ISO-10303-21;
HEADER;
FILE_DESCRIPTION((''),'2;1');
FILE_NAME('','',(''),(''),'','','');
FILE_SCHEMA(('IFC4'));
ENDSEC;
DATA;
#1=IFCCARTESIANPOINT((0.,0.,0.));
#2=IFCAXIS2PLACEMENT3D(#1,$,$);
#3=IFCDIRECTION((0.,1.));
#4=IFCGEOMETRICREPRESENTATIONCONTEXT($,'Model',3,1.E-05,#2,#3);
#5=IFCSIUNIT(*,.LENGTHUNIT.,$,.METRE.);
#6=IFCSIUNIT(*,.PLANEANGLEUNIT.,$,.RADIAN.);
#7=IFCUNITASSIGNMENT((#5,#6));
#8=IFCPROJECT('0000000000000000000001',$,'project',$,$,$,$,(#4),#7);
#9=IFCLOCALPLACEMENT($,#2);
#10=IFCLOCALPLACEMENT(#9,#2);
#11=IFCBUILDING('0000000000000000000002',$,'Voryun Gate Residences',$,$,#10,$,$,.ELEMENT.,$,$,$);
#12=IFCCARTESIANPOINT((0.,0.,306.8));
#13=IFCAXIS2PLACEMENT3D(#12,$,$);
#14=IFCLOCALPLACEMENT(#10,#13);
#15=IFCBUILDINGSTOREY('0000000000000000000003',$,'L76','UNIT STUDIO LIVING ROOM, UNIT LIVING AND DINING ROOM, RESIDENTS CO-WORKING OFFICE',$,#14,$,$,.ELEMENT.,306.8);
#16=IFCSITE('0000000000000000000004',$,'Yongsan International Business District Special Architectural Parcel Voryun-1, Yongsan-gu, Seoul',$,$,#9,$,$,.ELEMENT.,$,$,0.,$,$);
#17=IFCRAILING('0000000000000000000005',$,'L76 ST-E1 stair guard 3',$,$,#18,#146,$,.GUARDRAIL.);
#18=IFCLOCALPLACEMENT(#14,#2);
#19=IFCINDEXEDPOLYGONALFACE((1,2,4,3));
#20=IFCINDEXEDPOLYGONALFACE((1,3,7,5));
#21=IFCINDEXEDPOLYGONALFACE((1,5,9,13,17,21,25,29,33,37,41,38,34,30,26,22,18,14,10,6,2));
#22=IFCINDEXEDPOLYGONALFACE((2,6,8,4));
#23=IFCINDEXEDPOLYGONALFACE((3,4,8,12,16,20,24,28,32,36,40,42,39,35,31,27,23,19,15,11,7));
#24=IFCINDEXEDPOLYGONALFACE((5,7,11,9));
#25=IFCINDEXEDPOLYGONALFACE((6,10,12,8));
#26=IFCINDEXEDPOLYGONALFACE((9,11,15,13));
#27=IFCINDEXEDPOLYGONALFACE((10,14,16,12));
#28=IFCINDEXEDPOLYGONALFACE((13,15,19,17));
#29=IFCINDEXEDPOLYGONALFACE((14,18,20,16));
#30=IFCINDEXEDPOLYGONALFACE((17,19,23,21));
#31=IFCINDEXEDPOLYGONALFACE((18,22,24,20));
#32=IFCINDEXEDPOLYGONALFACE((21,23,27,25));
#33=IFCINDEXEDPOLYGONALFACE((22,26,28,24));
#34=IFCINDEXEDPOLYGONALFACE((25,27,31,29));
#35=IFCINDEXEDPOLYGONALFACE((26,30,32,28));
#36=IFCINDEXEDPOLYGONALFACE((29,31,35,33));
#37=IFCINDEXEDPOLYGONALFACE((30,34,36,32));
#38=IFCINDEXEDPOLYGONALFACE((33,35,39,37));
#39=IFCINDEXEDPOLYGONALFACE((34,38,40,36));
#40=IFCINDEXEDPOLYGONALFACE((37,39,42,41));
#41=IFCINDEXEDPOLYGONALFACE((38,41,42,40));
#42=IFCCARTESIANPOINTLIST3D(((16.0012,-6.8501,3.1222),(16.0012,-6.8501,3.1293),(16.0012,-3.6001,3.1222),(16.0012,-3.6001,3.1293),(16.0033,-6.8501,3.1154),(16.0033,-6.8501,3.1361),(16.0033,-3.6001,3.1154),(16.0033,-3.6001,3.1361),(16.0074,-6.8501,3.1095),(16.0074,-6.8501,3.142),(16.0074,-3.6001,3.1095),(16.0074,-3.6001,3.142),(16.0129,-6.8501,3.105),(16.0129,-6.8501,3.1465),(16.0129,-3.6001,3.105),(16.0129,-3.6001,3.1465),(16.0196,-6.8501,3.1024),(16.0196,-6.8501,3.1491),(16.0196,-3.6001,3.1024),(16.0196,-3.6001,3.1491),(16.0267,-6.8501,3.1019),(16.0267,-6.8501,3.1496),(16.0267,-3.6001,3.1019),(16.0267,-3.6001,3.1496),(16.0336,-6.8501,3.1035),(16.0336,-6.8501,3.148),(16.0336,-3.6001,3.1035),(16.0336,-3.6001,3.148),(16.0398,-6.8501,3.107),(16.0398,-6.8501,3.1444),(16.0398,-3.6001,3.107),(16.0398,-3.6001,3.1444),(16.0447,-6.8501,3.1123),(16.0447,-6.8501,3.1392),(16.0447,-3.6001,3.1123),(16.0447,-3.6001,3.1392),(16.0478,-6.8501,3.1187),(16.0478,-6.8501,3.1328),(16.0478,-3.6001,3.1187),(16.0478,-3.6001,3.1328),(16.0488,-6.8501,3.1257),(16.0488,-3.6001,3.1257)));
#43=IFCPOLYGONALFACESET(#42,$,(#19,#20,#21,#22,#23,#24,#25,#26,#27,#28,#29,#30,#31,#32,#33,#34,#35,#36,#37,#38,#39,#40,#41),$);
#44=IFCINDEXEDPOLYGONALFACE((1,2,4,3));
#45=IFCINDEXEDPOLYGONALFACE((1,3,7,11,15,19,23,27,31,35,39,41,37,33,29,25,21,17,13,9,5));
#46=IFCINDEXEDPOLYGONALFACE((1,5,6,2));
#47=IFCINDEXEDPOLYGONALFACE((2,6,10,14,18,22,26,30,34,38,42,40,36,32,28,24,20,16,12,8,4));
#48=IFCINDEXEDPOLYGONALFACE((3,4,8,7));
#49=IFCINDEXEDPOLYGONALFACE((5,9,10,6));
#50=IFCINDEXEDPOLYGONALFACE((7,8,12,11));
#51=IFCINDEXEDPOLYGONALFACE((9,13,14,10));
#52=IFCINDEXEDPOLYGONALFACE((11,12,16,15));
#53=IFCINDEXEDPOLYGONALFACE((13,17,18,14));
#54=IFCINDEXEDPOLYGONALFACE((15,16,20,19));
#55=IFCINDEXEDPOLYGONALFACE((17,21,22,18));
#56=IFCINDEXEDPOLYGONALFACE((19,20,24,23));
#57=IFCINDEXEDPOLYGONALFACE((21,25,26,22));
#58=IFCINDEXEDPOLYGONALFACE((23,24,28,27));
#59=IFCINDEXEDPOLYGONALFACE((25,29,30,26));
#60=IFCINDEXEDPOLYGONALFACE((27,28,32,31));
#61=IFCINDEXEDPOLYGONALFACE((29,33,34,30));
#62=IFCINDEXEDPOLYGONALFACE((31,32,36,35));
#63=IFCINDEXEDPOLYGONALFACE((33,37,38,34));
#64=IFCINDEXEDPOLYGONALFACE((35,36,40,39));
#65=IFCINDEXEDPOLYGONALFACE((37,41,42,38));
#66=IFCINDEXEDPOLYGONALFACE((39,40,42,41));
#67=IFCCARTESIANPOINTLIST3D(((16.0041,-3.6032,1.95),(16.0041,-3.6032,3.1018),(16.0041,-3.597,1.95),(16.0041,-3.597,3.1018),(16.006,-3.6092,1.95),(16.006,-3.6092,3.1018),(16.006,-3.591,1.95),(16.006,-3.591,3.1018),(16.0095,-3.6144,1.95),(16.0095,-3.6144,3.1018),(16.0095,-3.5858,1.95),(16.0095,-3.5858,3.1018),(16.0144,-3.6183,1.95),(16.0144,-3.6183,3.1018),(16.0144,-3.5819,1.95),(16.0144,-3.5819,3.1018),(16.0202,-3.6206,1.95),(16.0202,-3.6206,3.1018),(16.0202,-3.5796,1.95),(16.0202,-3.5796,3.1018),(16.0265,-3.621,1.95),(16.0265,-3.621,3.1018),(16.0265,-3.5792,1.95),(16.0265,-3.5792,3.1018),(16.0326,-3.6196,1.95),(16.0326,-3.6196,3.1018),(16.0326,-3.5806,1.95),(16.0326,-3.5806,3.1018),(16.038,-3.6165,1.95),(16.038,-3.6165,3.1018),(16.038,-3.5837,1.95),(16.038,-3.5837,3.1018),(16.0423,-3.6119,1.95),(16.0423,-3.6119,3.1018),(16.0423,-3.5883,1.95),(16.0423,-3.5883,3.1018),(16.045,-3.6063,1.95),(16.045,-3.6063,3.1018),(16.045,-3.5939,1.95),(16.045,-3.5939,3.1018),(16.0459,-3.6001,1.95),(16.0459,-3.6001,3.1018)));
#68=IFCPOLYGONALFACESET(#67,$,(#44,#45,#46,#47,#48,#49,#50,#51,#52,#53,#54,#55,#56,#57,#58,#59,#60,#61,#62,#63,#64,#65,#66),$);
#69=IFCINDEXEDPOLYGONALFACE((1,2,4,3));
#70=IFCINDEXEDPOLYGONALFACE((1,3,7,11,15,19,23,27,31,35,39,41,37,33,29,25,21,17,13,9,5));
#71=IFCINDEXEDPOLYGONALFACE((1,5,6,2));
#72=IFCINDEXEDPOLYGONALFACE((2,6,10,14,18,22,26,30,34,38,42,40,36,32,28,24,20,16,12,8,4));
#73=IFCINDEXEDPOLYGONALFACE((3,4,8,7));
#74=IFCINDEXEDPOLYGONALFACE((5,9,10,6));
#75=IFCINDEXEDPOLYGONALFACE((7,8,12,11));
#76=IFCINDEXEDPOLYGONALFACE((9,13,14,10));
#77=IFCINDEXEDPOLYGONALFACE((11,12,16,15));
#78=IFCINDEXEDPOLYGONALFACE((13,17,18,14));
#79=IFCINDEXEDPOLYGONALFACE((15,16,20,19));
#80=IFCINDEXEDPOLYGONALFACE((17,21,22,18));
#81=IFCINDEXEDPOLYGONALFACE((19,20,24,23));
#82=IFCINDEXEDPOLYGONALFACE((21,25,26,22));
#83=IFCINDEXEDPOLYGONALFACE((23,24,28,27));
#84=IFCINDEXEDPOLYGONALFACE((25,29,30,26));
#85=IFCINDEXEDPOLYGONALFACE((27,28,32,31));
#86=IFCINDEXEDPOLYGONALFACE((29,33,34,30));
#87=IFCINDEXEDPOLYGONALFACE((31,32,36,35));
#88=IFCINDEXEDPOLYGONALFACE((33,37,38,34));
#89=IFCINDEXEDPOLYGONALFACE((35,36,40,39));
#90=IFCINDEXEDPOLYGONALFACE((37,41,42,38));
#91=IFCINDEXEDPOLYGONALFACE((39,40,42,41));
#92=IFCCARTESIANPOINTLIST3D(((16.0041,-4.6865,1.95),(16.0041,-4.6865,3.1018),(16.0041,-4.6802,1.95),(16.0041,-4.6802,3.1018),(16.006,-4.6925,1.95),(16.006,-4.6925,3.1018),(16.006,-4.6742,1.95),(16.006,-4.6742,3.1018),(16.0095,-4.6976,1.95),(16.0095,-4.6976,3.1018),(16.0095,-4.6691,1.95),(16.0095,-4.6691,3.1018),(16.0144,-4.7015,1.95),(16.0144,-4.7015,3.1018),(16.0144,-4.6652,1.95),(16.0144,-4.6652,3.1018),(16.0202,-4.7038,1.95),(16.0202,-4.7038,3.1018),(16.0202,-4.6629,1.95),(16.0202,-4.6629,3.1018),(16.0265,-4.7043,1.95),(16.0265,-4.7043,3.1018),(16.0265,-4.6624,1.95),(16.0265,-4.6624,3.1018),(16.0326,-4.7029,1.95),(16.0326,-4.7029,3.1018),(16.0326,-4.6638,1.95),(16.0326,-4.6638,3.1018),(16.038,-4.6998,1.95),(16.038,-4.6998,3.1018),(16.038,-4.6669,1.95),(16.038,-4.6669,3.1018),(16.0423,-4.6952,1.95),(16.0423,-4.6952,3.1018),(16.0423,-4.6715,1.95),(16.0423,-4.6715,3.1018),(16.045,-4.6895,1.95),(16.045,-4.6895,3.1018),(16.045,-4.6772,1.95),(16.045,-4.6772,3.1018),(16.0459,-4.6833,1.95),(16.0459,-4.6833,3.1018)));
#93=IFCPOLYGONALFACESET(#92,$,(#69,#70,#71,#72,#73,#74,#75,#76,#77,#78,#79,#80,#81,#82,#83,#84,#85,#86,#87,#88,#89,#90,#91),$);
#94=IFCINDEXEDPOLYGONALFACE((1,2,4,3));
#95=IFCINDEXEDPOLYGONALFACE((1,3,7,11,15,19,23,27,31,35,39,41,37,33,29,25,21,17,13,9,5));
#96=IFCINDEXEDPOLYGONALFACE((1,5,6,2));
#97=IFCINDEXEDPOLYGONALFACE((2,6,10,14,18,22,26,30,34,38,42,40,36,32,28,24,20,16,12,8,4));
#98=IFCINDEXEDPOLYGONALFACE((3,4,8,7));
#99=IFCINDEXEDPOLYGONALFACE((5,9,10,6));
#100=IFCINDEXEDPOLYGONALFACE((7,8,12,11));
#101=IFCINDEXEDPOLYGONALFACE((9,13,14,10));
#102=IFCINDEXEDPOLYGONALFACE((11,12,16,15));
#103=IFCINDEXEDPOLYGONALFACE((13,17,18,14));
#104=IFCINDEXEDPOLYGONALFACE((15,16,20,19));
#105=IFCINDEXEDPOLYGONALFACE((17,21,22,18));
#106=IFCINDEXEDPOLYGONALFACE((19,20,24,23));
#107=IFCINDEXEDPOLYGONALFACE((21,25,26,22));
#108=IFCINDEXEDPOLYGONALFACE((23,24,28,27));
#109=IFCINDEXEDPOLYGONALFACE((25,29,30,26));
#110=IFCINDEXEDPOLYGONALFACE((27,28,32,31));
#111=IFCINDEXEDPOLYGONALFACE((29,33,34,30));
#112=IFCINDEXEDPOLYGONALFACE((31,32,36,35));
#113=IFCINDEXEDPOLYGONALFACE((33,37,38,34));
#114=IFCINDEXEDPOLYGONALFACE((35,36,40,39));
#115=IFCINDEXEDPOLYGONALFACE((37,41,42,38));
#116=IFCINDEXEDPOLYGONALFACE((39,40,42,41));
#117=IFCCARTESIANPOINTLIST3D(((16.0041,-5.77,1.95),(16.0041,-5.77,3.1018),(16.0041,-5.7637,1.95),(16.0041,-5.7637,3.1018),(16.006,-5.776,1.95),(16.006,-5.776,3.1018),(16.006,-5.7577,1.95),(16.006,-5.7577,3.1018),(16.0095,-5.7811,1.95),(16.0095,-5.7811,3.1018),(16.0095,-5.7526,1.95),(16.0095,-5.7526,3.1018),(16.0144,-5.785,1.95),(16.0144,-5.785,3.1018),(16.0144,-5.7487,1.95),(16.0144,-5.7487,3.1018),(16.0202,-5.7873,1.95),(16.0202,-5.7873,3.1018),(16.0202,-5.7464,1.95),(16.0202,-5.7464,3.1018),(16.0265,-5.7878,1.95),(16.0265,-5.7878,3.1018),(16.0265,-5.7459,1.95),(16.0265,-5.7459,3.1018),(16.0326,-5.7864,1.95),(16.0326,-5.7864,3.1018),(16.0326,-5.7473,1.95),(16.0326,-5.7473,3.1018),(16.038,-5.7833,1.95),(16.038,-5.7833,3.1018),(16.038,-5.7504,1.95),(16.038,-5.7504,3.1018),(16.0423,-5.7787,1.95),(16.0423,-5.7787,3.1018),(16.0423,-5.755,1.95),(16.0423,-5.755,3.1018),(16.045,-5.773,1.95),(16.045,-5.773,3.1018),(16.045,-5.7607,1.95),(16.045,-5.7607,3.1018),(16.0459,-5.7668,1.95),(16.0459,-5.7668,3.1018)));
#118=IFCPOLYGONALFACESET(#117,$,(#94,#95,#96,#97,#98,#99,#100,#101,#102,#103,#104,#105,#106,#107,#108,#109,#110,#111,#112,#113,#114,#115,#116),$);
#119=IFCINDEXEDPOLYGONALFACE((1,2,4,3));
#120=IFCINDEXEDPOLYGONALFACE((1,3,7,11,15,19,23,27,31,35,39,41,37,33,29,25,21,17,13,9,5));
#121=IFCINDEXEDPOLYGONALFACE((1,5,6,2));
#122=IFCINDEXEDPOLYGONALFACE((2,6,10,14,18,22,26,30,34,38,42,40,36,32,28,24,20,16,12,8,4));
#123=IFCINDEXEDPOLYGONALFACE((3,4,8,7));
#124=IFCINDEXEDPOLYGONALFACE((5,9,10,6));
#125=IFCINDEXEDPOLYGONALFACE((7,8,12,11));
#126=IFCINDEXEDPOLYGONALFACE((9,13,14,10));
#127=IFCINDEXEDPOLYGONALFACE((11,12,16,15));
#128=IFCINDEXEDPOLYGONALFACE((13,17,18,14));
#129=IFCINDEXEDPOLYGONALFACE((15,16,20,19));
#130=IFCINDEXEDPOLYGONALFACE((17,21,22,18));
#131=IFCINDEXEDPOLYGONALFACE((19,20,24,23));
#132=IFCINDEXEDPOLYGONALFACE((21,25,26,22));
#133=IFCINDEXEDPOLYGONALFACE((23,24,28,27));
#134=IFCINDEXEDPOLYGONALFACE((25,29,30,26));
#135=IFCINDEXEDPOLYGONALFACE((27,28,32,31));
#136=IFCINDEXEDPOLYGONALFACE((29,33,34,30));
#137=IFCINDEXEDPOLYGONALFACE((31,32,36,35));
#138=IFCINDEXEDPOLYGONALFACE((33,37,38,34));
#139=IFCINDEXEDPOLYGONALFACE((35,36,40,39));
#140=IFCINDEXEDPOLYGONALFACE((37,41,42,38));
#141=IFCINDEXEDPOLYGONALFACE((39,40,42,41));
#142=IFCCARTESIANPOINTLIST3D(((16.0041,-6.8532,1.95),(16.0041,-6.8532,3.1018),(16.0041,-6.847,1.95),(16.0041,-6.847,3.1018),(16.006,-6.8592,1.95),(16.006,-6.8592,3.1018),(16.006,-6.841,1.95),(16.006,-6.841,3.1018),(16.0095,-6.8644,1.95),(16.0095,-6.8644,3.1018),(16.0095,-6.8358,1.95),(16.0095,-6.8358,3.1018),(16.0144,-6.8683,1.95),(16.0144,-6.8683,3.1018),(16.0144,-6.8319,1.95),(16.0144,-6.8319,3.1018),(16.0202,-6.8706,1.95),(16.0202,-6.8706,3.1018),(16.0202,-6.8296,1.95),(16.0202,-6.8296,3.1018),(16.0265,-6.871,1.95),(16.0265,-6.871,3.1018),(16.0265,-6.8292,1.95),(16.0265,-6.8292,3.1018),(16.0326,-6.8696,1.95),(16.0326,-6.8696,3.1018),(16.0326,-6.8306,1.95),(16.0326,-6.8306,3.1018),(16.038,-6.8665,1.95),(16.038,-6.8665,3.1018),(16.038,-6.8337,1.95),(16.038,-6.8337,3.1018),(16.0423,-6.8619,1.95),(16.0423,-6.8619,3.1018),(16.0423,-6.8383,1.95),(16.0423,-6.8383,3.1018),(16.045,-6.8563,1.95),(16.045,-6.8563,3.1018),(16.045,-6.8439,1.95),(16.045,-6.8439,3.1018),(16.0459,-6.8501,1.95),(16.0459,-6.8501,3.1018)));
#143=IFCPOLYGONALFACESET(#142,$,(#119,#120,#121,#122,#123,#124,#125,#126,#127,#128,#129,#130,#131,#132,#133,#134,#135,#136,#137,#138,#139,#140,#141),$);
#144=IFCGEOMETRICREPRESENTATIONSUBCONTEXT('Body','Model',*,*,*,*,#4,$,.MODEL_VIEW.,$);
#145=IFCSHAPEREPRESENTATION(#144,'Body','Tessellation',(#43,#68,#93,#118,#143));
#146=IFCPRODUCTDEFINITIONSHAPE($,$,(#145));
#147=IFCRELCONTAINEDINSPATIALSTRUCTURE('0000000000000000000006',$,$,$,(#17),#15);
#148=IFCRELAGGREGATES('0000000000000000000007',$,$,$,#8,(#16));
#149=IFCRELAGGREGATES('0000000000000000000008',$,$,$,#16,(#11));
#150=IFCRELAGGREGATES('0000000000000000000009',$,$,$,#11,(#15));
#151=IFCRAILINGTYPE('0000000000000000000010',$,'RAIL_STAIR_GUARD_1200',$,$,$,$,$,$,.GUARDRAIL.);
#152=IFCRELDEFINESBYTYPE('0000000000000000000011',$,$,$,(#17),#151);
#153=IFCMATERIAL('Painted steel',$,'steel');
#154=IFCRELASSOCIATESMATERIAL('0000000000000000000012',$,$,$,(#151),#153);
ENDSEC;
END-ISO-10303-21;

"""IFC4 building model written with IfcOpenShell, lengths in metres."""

from ifc_helpers import new_model, si_unit, direction, frame, origin, origin_2d, place, context, subcontext, project, spatial, circle, extrude, material, type_object, element, save


model = new_model("IFC4")

# Units and contexts
model_context = context("Model", 3, precision=1e-05, world=origin(), true_north=direction((0.0, 1.0)))
body_context = subcontext(model_context, "Body", "Model", "MODEL_VIEW")
ifc_project = project(units=[si_unit("LENGTHUNIT", "METRE"), si_unit("PLANEANGLEUNIT", "RADIAN")], contexts=[model_context])

# Site, building, storey
site_placement = place(None, origin())
site = spatial("IfcSite", under=ifc_project, at=site_placement, Name="Yongsan International Business District Special Architectural Parcel Voryun-1, Yongsan-gu, Seoul", CompositionType="ELEMENT", RefElevation=0.0)
building_placement = place(site_placement, origin())
building = spatial("IfcBuilding", under=site, at=building_placement, Name="Voryun Gate Residences", CompositionType="ELEMENT")
storey_placement = place(building_placement, frame((0.0, 0.0, 306.8)))
storey = spatial("IfcBuildingStorey", under=building, at=storey_placement, Name="L76", Description="UNIT STUDIO LIVING ROOM, UNIT LIVING AND DINING ROOM, RESIDENTS CO-WORKING OFFICE", CompositionType="ELEMENT", Elevation=306.8)

# Railing
ifc_material_1 = material(Name="Painted steel", Category="steel")
railing_type_1 = type_object("IfcRailingType", Name="RAIL_STAIR_GUARD_1200", PredefinedType="GUARDRAIL", material=ifc_material_1)
for number, where, name in (
    (1, (16.0249, -3.6001, 1.95), "L76 ST-E1 stair guard 3"),
):
    element("IfcRailing", number, at=place(storey_placement, frame(where)), inside=storey, type_object=railing_type_1, Name=name, PredefinedType="GUARDRAIL", context=body_context, shape_type="SweptSolid", body=[
        extrude(circle(Radius=0.0239, at=origin_2d()), frame((0.0, 0.0, 1.1758), z_axis=(0.0, -1.0, 0.0), x_axis=(1.0, 0.0, 0.0)), (0.0, 0.0, 1.0), 3.25),
        extrude(circle(Radius=0.021, at=origin_2d()), origin(), (0.0, 0.0, 1.0), 1.1519),
        extrude(circle(Radius=0.021, at=origin_2d()), frame((0.0, -1.0833, 0.0)), (0.0, 0.0, 1.0), 1.1519),
        extrude(circle(Radius=0.021, at=origin_2d()), frame((0.0, -2.1667, 0.0)), (0.0, 0.0, 1.0), 1.1519),
        extrude(circle(Radius=0.021, at=origin_2d()), frame((0.0, -3.25, 0.0)), (0.0, 0.0, 1.0), 1.1519),
    ])

save(model, "model.ifc")
